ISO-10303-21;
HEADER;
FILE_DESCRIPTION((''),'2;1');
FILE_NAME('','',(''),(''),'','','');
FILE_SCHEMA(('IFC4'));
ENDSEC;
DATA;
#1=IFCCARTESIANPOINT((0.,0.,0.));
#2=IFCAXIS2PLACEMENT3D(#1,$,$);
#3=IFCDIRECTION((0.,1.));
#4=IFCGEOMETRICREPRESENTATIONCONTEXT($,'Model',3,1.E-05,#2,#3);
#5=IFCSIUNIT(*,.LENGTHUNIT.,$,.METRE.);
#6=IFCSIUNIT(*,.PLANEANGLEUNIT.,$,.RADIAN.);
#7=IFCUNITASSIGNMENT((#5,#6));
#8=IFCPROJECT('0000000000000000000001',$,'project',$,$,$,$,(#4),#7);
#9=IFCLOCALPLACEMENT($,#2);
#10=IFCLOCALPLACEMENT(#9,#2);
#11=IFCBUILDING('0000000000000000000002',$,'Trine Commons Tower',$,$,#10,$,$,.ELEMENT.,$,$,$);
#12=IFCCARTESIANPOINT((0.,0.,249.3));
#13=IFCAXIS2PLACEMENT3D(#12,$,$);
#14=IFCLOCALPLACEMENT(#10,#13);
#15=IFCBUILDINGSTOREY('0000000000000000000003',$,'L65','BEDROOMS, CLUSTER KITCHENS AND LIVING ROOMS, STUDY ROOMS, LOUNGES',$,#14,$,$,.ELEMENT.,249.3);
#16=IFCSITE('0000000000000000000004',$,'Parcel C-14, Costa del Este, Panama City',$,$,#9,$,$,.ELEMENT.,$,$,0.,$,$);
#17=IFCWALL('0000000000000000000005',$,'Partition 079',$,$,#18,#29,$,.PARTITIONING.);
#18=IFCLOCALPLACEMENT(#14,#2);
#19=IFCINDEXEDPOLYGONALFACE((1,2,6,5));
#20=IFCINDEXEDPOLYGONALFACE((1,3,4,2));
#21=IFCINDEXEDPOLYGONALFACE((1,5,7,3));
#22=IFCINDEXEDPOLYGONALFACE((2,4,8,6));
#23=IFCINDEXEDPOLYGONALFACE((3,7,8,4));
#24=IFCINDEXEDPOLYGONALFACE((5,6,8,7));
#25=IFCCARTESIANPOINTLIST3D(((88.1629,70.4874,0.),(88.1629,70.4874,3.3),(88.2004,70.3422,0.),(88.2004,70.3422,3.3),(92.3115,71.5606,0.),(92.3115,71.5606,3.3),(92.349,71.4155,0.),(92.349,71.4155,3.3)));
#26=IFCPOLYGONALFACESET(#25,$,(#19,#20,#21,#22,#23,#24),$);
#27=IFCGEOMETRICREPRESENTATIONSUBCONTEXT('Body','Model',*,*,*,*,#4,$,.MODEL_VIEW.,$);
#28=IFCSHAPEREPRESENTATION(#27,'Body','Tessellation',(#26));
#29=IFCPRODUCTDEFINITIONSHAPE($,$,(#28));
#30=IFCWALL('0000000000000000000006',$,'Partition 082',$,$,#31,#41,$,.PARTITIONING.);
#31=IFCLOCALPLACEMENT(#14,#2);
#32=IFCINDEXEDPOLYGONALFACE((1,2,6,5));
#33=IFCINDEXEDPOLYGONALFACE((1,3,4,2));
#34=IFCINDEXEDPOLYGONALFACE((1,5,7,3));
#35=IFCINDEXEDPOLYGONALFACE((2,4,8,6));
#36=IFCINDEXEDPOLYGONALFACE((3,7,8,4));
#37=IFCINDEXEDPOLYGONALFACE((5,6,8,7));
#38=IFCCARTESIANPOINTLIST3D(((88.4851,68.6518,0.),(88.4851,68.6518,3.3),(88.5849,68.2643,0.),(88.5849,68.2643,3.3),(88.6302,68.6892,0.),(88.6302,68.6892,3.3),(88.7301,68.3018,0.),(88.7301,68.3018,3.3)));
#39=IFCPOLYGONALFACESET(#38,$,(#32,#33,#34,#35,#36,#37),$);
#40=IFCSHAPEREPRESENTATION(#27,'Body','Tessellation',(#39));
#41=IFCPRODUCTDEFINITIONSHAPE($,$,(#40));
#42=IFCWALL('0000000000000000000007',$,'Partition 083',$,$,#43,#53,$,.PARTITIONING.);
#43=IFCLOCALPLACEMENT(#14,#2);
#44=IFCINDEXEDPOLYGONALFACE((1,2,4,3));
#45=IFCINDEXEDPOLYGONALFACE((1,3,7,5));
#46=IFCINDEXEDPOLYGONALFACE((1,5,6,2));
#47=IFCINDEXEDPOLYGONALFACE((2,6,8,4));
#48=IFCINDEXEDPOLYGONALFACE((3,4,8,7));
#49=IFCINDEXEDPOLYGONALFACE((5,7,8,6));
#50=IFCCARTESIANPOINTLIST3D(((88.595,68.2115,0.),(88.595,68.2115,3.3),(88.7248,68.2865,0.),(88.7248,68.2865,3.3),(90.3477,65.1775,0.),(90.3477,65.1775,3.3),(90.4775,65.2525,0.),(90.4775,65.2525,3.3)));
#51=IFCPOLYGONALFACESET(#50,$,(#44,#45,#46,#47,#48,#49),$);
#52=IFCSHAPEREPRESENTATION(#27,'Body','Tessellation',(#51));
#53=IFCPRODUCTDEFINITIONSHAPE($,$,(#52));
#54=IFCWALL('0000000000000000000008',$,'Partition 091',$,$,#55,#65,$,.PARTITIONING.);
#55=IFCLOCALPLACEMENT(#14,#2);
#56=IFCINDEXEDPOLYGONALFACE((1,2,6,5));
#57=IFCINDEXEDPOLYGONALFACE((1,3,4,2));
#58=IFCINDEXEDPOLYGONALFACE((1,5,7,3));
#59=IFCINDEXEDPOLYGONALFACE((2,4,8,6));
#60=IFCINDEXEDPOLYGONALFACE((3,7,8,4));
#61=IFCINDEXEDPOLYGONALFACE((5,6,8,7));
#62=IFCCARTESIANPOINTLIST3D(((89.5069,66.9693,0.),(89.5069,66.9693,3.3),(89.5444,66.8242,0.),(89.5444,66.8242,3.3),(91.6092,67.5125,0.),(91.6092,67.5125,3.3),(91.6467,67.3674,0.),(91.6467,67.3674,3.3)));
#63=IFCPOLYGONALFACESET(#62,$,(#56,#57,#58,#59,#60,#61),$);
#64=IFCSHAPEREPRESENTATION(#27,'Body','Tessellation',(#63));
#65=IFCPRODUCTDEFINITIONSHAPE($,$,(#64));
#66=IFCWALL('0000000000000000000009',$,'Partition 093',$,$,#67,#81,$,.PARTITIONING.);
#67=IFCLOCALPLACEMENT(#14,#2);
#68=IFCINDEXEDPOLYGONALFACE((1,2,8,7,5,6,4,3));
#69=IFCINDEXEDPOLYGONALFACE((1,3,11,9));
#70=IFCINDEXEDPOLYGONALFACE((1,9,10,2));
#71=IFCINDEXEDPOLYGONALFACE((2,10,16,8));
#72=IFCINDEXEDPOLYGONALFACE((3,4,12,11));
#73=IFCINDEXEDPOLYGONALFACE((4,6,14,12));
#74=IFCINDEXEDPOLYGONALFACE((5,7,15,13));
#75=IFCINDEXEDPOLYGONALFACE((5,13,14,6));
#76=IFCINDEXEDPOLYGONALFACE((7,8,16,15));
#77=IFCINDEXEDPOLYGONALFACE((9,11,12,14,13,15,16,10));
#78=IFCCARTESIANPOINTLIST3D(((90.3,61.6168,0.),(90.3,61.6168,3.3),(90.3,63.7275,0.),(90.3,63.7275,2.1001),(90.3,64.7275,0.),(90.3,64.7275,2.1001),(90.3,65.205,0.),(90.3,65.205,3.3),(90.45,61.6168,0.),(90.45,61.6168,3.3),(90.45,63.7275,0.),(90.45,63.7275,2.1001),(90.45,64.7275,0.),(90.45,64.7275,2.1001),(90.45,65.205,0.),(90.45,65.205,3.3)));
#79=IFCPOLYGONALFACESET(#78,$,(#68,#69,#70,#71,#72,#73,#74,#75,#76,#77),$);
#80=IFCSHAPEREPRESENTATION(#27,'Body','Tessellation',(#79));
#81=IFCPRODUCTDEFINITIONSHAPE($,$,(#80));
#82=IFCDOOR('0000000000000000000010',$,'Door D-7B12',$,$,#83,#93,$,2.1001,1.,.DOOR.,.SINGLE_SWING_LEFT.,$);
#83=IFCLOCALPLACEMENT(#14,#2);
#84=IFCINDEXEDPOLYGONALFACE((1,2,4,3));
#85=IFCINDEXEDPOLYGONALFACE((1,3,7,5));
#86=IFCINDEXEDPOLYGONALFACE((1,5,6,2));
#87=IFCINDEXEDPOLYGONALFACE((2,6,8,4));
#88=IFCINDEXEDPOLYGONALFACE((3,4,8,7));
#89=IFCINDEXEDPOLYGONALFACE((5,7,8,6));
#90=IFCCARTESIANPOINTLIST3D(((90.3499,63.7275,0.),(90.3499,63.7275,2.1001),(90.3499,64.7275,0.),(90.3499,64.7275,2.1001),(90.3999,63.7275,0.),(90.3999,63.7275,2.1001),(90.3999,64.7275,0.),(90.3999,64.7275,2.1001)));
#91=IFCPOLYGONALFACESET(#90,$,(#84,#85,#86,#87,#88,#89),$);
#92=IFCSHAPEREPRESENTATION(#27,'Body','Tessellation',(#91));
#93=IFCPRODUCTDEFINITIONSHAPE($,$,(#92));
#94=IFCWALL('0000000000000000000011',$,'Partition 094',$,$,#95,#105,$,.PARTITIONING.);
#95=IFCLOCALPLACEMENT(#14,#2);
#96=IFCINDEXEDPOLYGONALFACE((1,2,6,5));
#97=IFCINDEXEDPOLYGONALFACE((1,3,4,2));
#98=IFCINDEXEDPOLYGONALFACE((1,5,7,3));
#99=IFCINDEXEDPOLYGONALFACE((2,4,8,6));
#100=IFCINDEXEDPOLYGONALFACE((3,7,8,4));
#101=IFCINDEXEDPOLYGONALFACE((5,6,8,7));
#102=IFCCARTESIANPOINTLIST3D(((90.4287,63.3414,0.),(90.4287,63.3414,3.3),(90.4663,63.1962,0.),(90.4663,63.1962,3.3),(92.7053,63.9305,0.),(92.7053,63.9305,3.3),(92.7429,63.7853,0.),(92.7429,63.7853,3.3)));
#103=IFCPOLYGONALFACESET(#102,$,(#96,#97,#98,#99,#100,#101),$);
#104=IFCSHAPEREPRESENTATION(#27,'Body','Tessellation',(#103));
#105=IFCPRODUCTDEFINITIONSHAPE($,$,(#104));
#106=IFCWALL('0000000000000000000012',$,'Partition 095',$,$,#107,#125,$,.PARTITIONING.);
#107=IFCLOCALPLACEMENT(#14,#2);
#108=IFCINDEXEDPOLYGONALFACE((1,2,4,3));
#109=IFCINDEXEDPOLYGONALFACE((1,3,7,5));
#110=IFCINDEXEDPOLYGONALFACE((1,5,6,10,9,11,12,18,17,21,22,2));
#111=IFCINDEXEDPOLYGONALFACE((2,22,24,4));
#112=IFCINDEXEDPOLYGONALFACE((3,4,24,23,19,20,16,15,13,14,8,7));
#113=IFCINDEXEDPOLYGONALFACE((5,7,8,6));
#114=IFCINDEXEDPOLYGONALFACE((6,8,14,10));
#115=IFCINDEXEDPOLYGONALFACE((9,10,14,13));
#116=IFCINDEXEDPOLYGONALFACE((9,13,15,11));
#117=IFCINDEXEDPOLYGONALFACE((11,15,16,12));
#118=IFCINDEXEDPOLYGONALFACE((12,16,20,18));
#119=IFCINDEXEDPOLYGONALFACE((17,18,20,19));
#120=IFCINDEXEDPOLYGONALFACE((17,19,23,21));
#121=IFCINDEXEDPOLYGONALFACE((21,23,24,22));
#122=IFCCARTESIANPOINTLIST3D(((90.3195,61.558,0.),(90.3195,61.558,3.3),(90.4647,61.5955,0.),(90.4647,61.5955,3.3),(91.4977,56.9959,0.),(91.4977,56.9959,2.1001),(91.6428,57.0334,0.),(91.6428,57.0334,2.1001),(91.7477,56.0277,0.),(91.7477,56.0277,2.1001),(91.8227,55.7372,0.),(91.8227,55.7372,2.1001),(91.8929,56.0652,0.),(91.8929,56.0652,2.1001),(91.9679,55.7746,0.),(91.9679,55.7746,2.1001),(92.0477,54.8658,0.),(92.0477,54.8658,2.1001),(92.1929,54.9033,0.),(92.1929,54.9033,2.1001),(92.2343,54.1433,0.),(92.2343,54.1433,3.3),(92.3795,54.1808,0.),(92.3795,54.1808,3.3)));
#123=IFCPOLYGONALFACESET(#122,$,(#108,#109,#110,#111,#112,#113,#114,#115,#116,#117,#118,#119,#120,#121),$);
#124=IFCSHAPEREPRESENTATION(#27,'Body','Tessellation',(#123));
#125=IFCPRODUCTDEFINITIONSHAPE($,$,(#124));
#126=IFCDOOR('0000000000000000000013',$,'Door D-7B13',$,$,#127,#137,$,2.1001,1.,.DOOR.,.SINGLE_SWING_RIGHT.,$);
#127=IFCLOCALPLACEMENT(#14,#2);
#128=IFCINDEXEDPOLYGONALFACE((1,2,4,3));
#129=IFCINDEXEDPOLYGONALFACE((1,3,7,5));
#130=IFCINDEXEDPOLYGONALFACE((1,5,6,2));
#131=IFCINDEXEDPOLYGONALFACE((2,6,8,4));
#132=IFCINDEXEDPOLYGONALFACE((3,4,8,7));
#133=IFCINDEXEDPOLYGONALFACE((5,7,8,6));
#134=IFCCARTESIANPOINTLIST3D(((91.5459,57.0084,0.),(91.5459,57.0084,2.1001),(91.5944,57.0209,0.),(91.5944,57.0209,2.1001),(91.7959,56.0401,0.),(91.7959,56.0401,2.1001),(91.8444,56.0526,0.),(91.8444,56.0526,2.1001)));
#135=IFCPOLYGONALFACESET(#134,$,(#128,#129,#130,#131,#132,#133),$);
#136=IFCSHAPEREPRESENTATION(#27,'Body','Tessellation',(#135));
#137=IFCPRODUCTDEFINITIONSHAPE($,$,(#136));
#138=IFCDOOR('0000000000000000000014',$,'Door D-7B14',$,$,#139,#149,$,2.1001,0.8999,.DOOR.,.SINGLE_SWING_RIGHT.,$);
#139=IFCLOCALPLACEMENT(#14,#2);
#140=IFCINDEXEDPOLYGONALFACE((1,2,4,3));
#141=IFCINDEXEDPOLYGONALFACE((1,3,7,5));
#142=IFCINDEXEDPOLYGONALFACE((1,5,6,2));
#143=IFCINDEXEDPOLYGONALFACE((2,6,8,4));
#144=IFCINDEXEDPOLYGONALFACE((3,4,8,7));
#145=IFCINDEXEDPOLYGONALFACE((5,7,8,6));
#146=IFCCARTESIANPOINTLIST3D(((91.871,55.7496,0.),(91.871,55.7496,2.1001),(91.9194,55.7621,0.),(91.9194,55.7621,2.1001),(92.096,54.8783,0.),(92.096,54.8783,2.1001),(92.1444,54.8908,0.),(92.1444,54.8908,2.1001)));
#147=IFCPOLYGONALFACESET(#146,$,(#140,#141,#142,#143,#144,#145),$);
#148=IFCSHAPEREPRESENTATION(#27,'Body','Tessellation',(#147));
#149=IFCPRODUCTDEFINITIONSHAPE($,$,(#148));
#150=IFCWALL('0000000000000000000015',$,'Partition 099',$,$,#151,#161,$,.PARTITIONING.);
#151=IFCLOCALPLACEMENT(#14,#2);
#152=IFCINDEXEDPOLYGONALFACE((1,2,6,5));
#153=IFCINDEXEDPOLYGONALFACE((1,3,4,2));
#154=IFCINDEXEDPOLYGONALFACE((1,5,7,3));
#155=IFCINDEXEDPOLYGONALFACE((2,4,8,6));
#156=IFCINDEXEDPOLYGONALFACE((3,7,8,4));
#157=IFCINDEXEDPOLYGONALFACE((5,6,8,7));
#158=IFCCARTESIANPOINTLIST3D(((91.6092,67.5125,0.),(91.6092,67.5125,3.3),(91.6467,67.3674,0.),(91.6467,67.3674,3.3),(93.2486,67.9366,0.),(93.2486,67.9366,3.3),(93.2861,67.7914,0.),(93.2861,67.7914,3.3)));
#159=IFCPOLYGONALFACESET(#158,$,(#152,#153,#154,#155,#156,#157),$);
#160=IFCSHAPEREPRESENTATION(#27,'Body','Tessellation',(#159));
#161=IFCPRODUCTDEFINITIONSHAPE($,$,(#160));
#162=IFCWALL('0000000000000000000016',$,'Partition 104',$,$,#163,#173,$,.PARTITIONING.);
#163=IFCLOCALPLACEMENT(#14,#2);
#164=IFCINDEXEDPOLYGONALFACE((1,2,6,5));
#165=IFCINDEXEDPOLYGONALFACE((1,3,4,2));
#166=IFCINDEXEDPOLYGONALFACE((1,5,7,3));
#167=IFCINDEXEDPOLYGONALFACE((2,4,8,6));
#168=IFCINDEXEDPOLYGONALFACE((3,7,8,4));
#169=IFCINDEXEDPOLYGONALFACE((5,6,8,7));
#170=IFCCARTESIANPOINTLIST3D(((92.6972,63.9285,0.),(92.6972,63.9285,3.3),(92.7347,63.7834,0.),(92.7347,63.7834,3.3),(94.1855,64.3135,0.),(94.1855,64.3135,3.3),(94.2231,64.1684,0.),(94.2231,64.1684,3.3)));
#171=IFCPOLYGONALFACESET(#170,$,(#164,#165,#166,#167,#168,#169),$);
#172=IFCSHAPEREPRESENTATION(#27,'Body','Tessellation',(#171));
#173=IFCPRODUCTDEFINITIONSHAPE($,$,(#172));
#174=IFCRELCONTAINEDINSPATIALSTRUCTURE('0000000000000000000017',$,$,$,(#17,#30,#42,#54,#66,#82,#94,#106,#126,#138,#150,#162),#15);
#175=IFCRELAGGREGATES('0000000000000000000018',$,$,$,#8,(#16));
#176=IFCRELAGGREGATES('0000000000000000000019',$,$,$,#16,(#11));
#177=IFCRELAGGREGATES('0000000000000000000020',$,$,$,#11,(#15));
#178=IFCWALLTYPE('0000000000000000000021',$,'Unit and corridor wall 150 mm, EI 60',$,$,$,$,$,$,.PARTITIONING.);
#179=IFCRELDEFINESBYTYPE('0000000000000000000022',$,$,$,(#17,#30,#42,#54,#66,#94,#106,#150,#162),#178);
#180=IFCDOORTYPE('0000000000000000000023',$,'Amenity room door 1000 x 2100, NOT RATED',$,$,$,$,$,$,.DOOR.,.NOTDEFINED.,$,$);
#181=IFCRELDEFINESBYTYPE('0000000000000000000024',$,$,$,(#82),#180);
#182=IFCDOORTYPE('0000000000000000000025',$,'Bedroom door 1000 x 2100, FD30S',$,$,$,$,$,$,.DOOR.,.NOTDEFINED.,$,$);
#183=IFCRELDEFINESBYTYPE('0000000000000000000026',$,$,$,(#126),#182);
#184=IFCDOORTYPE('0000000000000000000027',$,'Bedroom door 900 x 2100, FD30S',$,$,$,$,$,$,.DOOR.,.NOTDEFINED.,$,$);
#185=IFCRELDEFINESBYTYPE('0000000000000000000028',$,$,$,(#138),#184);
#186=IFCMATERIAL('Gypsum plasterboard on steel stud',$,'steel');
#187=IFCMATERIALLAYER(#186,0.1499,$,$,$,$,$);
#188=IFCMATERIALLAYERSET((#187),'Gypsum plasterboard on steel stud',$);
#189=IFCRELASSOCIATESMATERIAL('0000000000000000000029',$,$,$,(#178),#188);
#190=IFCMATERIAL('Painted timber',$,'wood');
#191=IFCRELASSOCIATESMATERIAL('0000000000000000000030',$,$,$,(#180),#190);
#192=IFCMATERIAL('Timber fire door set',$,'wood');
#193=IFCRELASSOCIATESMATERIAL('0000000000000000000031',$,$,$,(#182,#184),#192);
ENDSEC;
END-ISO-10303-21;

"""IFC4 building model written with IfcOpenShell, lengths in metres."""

from ifc_helpers import new_model, si_unit, direction, frame, frame_2d, origin, place, context, subcontext, project, spatial, rectangle, extrude, material, layer, layer_set, type_object, element, fill, save


model = new_model("IFC4")

# Units and contexts
model_context = context("Model", 3, precision=1e-05, world=origin(), true_north=direction((0.0, 1.0)))
body_context = subcontext(model_context, "Body", "Model", "MODEL_VIEW")
ifc_project = project(units=[si_unit("LENGTHUNIT", "METRE"), si_unit("PLANEANGLEUNIT", "RADIAN")], contexts=[model_context])

# Site, building, storey
site_placement = place(None, origin())
site = spatial("IfcSite", under=ifc_project, at=site_placement, Name="Parcel C-14, Costa del Este, Panama City", CompositionType="ELEMENT", RefElevation=0.0)
building_placement = place(site_placement, origin())
building = spatial("IfcBuilding", under=site, at=building_placement, Name="Trine Commons Tower", CompositionType="ELEMENT")
storey_placement = place(building_placement, frame((0.0, 0.0, 249.3)))
storey = spatial("IfcBuildingStorey", under=building, at=storey_placement, Name="L65", Description="BEDROOMS, CLUSTER KITCHENS AND LIVING ROOMS, STUDY ROOMS, LOUNGES", CompositionType="ELEMENT", Elevation=249.3)

# Walls
ifc_material_1 = material(Name="Gypsum plasterboard on steel stud", Category="steel")
ifc_layer_1 = layer(ifc_material_1, 0.1499)
ifc_layer_set_1 = layer_set([ifc_layer_1], Name="Gypsum plasterboard on steel stud")
wall_type_1 = type_object("IfcWallType", Name="Unit and corridor wall 150 mm, EI 60", PredefinedType="PARTITIONING", material=ifc_layer_set_1)
wall_1_placement = place(storey_placement, frame((88.1816, 70.4148, 0.0), z_axis=(0.0, 0.0, 1.0), x_axis=(0.96813, 0.25045, 0.0)))
element("IfcWall", 1, at=wall_1_placement, inside=storey, type_object=wall_type_1, Name="Partition 079", PredefinedType="PARTITIONING", context=body_context, shape_type="SweptSolid", body=[
    extrude(rectangle(XDim=4.2852, YDim=0.1499, at=frame_2d((2.1426, 0.0))), origin(), (0.0, 0.0, 1.0), 3.3),
])
wall_2_placement = place(storey_placement, frame((88.5576, 68.6707, 0.0), z_axis=(0.0, 0.0, 1.0), x_axis=(0.249564, -0.968358, 0.0)))
element("IfcWall", 2, at=wall_2_placement, inside=storey, type_object=wall_type_1, Name="Partition 082", PredefinedType="PARTITIONING", context=body_context, shape_type="SweptSolid", body=[
    extrude(rectangle(XDim=0.4001, YDim=0.1499, at=frame_2d((0.2002, 0.0))), origin(), (0.0, 0.0, 1.0), 3.3),
])
wall_3_placement = place(storey_placement, frame((88.6599, 68.249, 0.0), z_axis=(0.0, 0.0, 1.0), x_axis=(0.500223, -0.865897, 0.0)))
element("IfcWall", 3, at=wall_3_placement, inside=storey, type_object=wall_type_1, Name="Partition 083", PredefinedType="PARTITIONING", context=body_context, shape_type="SweptSolid", body=[
    extrude(rectangle(XDim=3.5039, YDim=0.1499, at=frame_2d((1.752, 0.0))), origin(), (0.0, 0.0, 1.0), 3.3),
])
wall_4_placement = place(storey_placement, frame((89.5256, 66.8967, 0.0), z_axis=(0.0, 0.0, 1.0), x_axis=(0.968201, 0.250174, 0.0)))
element("IfcWall", 4, at=wall_4_placement, inside=storey, type_object=wall_type_1, Name="Partition 091", PredefinedType="PARTITIONING", context=body_context, shape_type="SweptSolid", body=[
    extrude(rectangle(XDim=2.1714, YDim=0.1499, at=frame_2d((1.0857, 0.0))), origin(), (0.0, 0.0, 1.0), 3.3),
])

# Wall, opening, door
wall_5_placement = place(storey_placement, frame((90.375, 61.6169, 0.0), z_axis=(0.0, 0.0, 1.0), x_axis=(0.0, 1.0, 0.0)))
wall_5 = element("IfcWall", 5, at=wall_5_placement, inside=storey, type_object=wall_type_1, Name="Partition 093", PredefinedType="PARTITIONING", context=body_context, shape_type="SweptSolid", body=[
    extrude(rectangle(XDim=3.5881, YDim=0.1499, at=frame_2d((1.7939, 0.0))), origin(), (0.0, 0.0, 1.0), 3.3),
])
opening_1_placement = place(wall_5_placement, frame((2.1106, 0.0, 0.0)))
opening_1 = element("IfcOpeningElement", 6, at=opening_1_placement, cuts=wall_5, PredefinedType="OPENING", context=body_context, shape_type="SweptSolid", body=[
    extrude(rectangle(XDim=1.0, YDim=2.1001, at=frame_2d((0.5, 1.05))), frame((0.0, 0.085, 0.0), z_axis=(0.0, -1.0, 0.0), x_axis=(1.0, 0.0, 0.0)), (0.0, 0.0, 1.0), 0.1699),
])
ifc_material_2 = material(Name="Painted timber", Category="wood")
door_type_1 = type_object("IfcDoorType", Name="Amenity room door 1000 x 2100, NOT RATED", OperationType="NOTDEFINED", PredefinedType="DOOR", material=ifc_material_2)
door_1_placement = place(opening_1_placement, frame((1.0, 0.0, 0.0), z_axis=(0.0, 0.0, 1.0), x_axis=(-1.0, 0.0, 0.0)))
door_1 = element("IfcDoor", 7, at=door_1_placement, inside=storey, type_object=door_type_1, Name="Door D-7B12", OperationType="SINGLE_SWING_LEFT", OverallHeight=2.1001, OverallWidth=1.0, PredefinedType="DOOR", context=body_context, shape_type="SweptSolid", body=[
    extrude(rectangle(XDim=1.0, YDim=2.1001, at=frame_2d((0.5, 1.05))), frame((0.0, 0.0249, 0.0), z_axis=(0.0, -1.0, 0.0), x_axis=(1.0, 0.0, 0.0)), (0.0, 0.0, 1.0), 0.05),
])
fill(opening_1, door_1)

# Wall
wall_6_placement = place(storey_placement, frame((90.4475, 63.2688, 0.0), z_axis=(0.0, 0.0, 1.0), x_axis=(0.968113, 0.250515, 0.0)))
element("IfcWall", 8, at=wall_6_placement, inside=storey, type_object=wall_type_1, Name="Partition 094", PredefinedType="PARTITIONING", context=body_context, shape_type="SweptSolid", body=[
    extrude(rectangle(XDim=2.3516, YDim=0.1499, at=frame_2d((1.1758, 0.0))), origin(), (0.0, 0.0, 1.0), 3.3),
])

# Wall, openings, doors
wall_7_placement = place(storey_placement, frame((90.3921, 61.5769, 0.0), z_axis=(0.0, 0.0, 1.0), x_axis=(0.250037, -0.968236, 0.0)))
wall_7 = element("IfcWall", 9, at=wall_7_placement, inside=storey, type_object=wall_type_1, Name="Partition 095", PredefinedType="PARTITIONING", context=body_context, shape_type="SweptSolid", body=[
    extrude(rectangle(XDim=7.658, YDim=0.1499, at=frame_2d((3.8291, 0.0))), origin(), (0.0, 0.0, 1.0), 3.3),
])
opening_2_placement = place(wall_7_placement, frame((4.7119, 0.0, 0.0)))
opening_2 = element("IfcOpeningElement", 10, at=opening_2_placement, cuts=wall_7, PredefinedType="OPENING", context=body_context, shape_type="SweptSolid", body=[
    extrude(rectangle(XDim=1.0, YDim=2.1001, at=frame_2d((0.5, 1.05))), frame((0.0, 0.085, 0.0), z_axis=(0.0, -1.0, 0.0), x_axis=(1.0, 0.0, 0.0)), (0.0, 0.0, 1.0), 0.1699),
])
opening_3_placement = place(wall_7_placement, frame((6.012, 0.0, 0.0)))
opening_3 = element("IfcOpeningElement", 11, at=opening_3_placement, cuts=wall_7, PredefinedType="OPENING", context=body_context, shape_type="SweptSolid", body=[
    extrude(rectangle(XDim=0.8999, YDim=2.1001, at=frame_2d((0.45, 1.05))), frame((0.0, 0.085, 0.0), z_axis=(0.0, -1.0, 0.0), x_axis=(1.0, 0.0, 0.0)), (0.0, 0.0, 1.0), 0.1699),
])
ifc_material_3 = material(Name="Timber fire door set", Category="wood")
door_type_2 = type_object("IfcDoorType", Name="Bedroom door 1000 x 2100, FD30S", OperationType="NOTDEFINED", PredefinedType="DOOR", material=ifc_material_3)
door_2_placement = place(opening_2_placement, origin())
door_2 = element("IfcDoor", 12, at=door_2_placement, inside=storey, type_object=door_type_2, Name="Door D-7B13", OperationType="SINGLE_SWING_RIGHT", OverallHeight=2.1001, OverallWidth=1.0, PredefinedType="DOOR", context=body_context, shape_type="SweptSolid", body=[
    extrude(rectangle(XDim=1.0, YDim=2.1001, at=frame_2d((0.5, 1.05))), frame((0.0, 0.0249, 0.0), z_axis=(0.0, -1.0, 0.0), x_axis=(1.0, 0.0, 0.0)), (0.0, 0.0, 1.0), 0.05),
])
fill(opening_2, door_2)
door_type_3 = type_object("IfcDoorType", Name="Bedroom door 900 x 2100, FD30S", OperationType="NOTDEFINED", PredefinedType="DOOR", material=ifc_material_3)
door_3_placement = place(opening_3_placement, origin())
door_3 = element("IfcDoor", 13, at=door_3_placement, inside=storey, type_object=door_type_3, Name="Door D-7B14", OperationType="SINGLE_SWING_RIGHT", OverallHeight=2.1001, OverallWidth=0.8999, PredefinedType="DOOR", context=body_context, shape_type="SweptSolid", body=[
    extrude(rectangle(XDim=0.8999, YDim=2.1001, at=frame_2d((0.45, 1.05))), frame((0.0, 0.0249, 0.0), z_axis=(0.0, -1.0, 0.0), x_axis=(1.0, 0.0, 0.0)), (0.0, 0.0, 1.0), 0.05),
])
fill(opening_3, door_3)

# Walls
wall_8_placement = place(storey_placement, frame((91.6279, 67.4399, 0.0), z_axis=(0.0, 0.0, 1.0), x_axis=(0.968134, 0.250432, 0.0)))
element("IfcWall", 14, at=wall_8_placement, inside=storey, type_object=wall_type_1, Name="Partition 099", PredefinedType="PARTITIONING", context=body_context, shape_type="SweptSolid", body=[
    extrude(rectangle(XDim=1.6934, YDim=0.1499, at=frame_2d((0.8467, 0.0))), origin(), (0.0, 0.0, 1.0), 3.3),
])
wall_9_placement = place(storey_placement, frame((92.7161, 63.856, 0.0), z_axis=(0.0, 0.0, 1.0), x_axis=(0.96813, 0.25045, 0.0)))
element("IfcWall", 15, at=wall_9_placement, inside=storey, type_object=wall_type_1, Name="Partition 104", PredefinedType="PARTITIONING", context=body_context, shape_type="SweptSolid", body=[
    extrude(rectangle(XDim=1.5374, YDim=0.1499, at=frame_2d((0.7686, 0.0))), origin(), (0.0, 0.0, 1.0), 3.3),
])

save(model, "model.ifc")
